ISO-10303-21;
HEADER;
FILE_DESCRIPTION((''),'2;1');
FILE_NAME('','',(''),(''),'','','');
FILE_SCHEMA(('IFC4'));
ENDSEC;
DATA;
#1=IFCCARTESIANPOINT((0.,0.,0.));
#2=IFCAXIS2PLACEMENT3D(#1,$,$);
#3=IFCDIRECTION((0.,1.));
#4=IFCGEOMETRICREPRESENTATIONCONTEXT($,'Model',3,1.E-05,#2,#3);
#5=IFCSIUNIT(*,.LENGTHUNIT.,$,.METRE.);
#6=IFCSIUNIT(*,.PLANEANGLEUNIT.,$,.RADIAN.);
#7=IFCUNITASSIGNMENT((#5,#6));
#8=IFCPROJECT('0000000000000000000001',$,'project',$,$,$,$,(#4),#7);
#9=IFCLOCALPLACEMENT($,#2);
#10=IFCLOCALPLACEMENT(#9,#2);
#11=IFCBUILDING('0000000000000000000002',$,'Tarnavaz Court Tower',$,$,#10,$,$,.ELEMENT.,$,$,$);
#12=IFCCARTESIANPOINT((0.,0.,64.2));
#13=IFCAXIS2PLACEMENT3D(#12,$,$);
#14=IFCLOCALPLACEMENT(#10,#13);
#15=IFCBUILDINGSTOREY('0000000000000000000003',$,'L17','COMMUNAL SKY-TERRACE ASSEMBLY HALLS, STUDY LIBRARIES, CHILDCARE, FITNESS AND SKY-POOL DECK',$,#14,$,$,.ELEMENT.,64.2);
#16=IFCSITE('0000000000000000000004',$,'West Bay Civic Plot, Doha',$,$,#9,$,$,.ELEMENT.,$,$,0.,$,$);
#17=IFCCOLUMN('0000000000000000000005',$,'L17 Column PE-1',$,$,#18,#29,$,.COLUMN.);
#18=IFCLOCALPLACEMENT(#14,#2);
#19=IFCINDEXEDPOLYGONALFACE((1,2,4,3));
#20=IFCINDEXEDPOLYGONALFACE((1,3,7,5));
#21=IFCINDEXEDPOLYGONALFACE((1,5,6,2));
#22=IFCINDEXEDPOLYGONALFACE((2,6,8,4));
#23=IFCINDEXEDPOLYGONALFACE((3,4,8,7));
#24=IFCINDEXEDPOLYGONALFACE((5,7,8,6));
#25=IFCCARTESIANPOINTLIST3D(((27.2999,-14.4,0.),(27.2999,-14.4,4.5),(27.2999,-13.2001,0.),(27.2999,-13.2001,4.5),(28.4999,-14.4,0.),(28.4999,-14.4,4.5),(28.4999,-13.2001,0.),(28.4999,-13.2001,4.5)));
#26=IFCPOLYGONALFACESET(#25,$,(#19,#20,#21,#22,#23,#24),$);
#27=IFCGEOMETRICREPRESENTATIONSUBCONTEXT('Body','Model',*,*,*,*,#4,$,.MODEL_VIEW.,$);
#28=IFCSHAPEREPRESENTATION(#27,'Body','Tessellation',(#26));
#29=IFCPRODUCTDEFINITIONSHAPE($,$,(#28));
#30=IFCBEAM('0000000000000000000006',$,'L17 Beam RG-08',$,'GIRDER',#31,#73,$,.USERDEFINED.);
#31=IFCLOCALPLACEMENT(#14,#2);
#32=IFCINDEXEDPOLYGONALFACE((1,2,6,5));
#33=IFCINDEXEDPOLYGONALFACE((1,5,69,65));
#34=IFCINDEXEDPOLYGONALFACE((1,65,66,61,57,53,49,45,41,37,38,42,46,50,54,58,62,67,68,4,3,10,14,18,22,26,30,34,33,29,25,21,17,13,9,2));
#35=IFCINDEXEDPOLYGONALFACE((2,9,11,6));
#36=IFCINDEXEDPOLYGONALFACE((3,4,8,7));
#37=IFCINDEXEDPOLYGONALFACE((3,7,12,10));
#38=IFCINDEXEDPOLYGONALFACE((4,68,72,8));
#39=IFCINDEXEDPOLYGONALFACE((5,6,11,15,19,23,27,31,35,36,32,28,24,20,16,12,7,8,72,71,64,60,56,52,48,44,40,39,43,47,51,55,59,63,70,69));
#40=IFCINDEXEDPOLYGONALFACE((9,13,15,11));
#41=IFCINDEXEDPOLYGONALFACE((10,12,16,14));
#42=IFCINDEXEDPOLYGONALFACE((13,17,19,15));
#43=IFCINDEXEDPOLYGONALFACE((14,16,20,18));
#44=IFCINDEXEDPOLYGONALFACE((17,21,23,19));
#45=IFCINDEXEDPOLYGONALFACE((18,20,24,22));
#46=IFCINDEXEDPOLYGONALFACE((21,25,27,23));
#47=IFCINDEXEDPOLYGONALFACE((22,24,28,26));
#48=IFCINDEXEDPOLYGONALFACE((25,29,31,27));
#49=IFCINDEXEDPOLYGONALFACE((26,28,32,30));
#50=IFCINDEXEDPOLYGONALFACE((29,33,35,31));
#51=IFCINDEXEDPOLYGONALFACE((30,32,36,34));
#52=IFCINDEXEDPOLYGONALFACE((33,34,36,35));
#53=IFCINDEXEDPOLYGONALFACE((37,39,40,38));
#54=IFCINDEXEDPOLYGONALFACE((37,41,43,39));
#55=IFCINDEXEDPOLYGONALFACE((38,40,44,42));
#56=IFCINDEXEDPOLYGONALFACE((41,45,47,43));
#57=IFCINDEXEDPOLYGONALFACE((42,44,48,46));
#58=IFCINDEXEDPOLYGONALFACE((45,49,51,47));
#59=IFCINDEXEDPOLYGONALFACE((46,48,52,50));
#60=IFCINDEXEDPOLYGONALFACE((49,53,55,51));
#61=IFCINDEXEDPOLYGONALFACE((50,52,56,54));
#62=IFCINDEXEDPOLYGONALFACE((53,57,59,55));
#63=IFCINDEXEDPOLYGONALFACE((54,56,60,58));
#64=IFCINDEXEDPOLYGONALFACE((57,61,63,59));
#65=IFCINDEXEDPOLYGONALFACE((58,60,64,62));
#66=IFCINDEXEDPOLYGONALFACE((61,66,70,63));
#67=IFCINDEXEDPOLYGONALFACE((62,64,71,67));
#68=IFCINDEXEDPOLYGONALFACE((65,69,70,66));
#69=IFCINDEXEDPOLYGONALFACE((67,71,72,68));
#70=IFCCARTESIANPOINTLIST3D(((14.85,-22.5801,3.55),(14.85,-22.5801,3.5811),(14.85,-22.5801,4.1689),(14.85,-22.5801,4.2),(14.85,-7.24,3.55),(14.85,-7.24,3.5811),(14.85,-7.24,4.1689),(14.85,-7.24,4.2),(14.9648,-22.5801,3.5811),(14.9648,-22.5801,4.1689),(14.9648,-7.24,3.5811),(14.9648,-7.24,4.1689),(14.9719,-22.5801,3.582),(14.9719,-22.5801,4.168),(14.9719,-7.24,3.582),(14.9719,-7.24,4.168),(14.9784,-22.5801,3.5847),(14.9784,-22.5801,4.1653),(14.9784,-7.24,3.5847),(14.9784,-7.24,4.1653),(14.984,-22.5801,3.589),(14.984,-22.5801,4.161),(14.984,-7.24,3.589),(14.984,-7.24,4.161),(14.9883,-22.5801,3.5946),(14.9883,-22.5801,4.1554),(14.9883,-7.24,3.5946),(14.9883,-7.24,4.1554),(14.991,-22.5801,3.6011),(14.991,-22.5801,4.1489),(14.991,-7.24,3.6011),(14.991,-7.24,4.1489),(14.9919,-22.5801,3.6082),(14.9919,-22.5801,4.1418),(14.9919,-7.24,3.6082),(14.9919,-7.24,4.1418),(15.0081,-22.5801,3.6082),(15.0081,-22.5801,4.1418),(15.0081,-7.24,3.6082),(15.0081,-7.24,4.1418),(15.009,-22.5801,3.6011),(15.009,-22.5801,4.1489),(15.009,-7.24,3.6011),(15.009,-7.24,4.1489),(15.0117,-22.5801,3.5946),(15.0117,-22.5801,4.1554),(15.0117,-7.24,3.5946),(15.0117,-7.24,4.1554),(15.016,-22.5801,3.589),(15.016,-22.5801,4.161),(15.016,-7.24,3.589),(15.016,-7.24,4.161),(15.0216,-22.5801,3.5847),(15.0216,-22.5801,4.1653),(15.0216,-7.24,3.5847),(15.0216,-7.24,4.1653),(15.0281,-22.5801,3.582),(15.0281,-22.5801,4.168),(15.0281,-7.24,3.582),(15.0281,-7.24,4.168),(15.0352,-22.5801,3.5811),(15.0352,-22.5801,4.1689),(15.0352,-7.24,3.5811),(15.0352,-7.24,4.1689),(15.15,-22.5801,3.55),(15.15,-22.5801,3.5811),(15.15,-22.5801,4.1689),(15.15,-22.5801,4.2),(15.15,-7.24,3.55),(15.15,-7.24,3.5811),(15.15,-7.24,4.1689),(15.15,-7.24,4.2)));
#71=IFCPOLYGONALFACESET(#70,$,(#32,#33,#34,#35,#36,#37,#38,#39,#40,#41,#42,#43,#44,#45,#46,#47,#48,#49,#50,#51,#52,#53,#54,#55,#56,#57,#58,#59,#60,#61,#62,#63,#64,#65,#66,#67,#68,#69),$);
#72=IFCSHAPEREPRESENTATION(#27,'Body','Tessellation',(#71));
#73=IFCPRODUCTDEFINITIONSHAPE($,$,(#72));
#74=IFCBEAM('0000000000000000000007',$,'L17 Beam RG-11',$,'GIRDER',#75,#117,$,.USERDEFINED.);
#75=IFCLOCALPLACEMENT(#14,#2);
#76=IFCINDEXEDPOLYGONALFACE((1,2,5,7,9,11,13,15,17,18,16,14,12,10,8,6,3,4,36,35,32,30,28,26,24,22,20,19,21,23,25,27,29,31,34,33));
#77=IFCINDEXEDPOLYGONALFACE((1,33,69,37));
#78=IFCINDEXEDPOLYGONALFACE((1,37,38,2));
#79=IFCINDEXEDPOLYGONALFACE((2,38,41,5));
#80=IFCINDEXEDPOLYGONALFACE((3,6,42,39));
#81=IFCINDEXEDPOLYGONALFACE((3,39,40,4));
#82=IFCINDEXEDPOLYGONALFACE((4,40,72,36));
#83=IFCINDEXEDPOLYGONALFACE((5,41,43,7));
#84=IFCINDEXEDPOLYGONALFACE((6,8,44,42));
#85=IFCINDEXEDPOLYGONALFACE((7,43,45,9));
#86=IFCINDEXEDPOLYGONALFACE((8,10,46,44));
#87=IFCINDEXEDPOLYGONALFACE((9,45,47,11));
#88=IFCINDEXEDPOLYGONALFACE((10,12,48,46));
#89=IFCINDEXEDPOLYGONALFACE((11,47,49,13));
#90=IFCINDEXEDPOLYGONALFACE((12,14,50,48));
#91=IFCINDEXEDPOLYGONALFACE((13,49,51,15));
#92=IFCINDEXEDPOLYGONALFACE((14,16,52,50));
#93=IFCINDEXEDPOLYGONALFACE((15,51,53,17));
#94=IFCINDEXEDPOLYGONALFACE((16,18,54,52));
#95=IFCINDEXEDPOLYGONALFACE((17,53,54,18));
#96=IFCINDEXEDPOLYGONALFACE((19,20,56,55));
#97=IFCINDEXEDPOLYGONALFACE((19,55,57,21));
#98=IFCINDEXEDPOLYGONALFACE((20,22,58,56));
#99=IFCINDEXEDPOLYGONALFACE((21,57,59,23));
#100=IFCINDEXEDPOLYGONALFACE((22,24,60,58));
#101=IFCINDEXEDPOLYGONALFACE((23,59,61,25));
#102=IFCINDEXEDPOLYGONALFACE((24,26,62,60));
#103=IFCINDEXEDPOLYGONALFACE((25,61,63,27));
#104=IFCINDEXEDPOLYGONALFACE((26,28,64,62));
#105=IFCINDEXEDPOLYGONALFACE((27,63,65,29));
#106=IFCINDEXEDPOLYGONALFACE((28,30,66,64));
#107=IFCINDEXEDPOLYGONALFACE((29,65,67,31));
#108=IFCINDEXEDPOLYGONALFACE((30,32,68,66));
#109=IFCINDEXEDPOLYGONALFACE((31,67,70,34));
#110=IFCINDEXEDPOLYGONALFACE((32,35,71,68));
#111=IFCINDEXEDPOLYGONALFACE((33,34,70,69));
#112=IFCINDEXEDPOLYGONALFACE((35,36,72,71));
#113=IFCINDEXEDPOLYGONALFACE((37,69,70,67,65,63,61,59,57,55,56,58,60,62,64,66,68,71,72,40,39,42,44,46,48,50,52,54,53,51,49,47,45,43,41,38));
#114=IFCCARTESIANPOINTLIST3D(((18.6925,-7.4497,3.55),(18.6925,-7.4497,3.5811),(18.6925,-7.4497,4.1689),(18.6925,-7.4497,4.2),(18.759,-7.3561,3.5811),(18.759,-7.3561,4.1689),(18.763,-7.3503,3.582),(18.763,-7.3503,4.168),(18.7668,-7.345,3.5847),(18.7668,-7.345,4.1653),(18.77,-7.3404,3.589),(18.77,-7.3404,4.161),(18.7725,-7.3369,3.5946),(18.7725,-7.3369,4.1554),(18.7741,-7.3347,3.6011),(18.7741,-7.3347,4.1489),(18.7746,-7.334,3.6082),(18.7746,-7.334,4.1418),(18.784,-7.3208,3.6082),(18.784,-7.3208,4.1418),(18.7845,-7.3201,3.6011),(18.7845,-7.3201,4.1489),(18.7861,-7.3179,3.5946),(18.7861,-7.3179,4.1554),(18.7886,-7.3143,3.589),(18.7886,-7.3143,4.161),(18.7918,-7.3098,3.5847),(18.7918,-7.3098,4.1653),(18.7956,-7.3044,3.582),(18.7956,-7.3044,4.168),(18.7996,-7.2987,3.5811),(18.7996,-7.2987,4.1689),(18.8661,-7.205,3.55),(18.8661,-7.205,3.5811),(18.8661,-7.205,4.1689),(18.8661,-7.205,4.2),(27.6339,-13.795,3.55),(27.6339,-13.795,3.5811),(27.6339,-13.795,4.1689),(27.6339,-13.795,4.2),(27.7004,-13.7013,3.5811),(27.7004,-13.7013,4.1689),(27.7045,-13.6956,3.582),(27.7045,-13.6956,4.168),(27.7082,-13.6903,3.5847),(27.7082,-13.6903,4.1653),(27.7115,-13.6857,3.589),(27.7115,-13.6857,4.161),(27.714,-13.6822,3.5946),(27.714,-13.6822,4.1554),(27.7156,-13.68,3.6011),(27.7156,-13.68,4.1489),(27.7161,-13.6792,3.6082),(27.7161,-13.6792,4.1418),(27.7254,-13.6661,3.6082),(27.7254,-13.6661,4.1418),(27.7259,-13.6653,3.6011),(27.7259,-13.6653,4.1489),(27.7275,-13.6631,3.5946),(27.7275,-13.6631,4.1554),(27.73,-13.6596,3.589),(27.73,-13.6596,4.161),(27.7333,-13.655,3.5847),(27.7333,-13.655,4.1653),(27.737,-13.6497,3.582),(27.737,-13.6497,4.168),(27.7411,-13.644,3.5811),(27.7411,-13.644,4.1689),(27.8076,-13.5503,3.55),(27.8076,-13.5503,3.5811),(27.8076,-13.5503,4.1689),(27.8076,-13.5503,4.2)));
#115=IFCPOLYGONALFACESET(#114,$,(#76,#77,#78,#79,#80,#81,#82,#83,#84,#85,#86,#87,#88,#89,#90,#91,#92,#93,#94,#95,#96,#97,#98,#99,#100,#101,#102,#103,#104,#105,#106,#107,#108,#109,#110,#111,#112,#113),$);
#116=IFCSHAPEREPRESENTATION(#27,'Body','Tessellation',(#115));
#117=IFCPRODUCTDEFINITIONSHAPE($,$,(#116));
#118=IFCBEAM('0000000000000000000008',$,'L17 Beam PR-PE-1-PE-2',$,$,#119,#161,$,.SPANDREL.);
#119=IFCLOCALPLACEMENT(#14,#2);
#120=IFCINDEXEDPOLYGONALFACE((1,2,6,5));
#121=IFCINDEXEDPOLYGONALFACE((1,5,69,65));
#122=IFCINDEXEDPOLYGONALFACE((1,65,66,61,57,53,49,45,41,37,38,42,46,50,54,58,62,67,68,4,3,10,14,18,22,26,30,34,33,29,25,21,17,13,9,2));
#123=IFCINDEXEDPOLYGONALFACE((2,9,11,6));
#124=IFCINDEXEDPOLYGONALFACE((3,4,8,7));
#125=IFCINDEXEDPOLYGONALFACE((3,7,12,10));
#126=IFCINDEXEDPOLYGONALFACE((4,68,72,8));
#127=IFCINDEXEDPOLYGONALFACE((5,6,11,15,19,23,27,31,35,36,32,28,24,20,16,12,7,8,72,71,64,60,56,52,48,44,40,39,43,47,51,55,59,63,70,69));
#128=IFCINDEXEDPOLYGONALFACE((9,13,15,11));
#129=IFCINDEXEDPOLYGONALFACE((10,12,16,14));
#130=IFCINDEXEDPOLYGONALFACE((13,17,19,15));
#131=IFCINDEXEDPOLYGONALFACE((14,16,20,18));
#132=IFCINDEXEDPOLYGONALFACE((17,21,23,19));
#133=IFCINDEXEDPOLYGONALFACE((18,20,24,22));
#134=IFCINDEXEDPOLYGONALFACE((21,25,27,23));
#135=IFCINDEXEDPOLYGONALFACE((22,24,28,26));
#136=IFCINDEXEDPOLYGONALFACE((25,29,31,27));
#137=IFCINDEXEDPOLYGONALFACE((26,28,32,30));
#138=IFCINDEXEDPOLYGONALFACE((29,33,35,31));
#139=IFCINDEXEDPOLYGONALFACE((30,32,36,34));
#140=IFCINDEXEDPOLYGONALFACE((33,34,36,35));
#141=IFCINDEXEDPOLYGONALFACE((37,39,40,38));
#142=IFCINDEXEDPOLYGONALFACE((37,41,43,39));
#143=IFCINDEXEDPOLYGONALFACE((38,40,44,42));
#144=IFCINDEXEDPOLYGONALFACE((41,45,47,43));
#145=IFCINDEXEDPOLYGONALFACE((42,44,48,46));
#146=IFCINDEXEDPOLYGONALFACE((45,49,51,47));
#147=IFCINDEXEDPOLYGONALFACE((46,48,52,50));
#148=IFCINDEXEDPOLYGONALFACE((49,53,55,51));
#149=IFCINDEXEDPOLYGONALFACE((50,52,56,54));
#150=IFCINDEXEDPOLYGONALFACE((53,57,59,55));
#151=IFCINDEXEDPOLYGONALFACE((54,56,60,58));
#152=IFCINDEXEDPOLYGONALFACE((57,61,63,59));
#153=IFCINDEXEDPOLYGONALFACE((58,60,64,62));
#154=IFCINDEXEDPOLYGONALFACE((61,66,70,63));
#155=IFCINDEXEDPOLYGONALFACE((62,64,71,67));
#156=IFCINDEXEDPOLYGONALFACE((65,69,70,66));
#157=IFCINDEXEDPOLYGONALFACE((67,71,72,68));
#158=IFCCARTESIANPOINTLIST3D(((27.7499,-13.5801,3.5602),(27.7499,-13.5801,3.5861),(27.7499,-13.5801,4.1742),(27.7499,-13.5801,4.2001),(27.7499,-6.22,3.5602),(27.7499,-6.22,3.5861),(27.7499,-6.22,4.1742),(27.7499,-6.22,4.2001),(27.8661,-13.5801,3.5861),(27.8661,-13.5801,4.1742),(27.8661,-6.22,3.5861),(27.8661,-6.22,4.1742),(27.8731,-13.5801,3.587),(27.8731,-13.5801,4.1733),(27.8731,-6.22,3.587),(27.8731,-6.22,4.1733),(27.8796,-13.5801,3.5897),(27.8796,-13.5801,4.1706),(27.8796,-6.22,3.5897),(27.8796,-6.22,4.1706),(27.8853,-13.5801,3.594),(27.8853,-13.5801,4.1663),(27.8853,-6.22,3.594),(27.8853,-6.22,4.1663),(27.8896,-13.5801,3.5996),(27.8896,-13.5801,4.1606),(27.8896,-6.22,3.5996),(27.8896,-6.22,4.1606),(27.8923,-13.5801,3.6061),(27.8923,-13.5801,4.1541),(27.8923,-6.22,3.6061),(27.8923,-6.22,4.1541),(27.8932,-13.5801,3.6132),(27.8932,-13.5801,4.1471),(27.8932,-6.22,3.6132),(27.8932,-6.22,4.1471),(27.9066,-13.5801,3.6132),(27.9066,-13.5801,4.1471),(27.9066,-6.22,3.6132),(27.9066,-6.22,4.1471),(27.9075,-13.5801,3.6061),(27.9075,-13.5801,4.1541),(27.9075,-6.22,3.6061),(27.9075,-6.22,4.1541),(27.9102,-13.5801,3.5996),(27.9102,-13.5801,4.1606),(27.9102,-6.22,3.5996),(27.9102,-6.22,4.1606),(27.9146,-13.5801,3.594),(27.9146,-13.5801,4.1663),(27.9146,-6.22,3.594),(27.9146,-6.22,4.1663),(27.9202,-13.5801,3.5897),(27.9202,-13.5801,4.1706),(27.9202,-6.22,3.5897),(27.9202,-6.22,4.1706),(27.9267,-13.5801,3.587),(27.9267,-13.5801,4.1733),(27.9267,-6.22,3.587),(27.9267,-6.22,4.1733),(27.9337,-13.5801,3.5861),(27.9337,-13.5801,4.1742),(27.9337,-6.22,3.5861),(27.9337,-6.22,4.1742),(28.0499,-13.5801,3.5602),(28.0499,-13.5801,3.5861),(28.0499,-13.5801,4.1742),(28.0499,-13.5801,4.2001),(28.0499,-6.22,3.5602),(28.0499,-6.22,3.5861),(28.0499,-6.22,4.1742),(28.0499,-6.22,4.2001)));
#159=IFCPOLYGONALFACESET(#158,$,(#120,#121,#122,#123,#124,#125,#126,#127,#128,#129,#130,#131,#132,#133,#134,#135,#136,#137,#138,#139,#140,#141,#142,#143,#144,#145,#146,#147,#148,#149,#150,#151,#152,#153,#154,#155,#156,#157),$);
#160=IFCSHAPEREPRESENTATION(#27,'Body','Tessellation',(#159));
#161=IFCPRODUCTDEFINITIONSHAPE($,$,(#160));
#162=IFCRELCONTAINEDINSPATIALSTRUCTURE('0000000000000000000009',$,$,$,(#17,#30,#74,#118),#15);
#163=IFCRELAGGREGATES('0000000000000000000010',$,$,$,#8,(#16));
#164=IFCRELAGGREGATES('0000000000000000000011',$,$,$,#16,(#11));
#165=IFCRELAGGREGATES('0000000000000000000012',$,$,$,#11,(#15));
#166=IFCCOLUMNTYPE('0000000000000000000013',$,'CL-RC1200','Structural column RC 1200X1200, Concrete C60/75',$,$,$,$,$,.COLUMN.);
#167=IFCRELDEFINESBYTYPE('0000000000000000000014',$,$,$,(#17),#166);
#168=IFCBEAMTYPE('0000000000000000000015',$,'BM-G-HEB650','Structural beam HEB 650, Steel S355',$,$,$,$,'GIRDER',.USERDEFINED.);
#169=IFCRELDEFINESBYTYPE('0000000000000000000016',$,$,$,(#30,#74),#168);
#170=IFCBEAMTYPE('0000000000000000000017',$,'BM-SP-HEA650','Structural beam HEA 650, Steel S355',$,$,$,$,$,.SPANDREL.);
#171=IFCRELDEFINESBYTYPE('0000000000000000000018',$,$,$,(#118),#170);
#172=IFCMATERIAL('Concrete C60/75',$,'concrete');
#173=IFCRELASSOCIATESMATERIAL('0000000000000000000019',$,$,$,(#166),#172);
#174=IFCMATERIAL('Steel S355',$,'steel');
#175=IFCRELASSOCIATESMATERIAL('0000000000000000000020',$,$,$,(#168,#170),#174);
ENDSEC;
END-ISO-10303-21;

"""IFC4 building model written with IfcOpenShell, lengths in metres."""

from ifc_helpers import new_model, si_unit, direction, frame, origin, origin_2d, place, context, subcontext, project, spatial, rectangle, i_section, extrude, material, material_profile, profile_set, type_object, element, save


model = new_model("IFC4")

# Units and contexts
model_context = context("Model", 3, precision=1e-05, world=origin(), true_north=direction((0.0, 1.0)))
body_context = subcontext(model_context, "Body", "Model", "MODEL_VIEW")
ifc_project = project(units=[si_unit("LENGTHUNIT", "METRE"), si_unit("PLANEANGLEUNIT", "RADIAN")], contexts=[model_context])

# Site, building, storey
site_placement = place(None, origin())
site = spatial("IfcSite", under=ifc_project, at=site_placement, Name="West Bay Civic Plot, Doha", CompositionType="ELEMENT", RefElevation=0.0)
building_placement = place(site_placement, origin())
building = spatial("IfcBuilding", under=site, at=building_placement, Name="Tarnavaz Court Tower", CompositionType="ELEMENT")
storey_placement = place(building_placement, frame((0.0, 0.0, 64.2)))
storey = spatial("IfcBuildingStorey", under=building, at=storey_placement, Name="L17", Description="COMMUNAL SKY-TERRACE ASSEMBLY HALLS, STUDY LIBRARIES, CHILDCARE, FITNESS AND SKY-POOL DECK", CompositionType="ELEMENT", Elevation=64.2)

# Column
ifc_material_1 = material(Name="Concrete C60/75", Category="concrete")
ifc_material_profile_1 = material_profile(ifc_material_1, rectangle(XDim=1.2, YDim=1.2, at=origin_2d()), Name="RC 1200X1200")
ifc_profile_set_1 = profile_set([ifc_material_profile_1], Name="Concrete C60/75")
column_type = type_object("IfcColumnType", Name="CL-RC1200", Description="Structural column RC 1200X1200, Concrete C60/75", PredefinedType="COLUMN", material=ifc_profile_set_1)
column_placement = place(storey_placement, frame((27.8999, -13.8, 0.0), z_axis=(0.0, 0.0, 1.0), x_axis=(1.0, 0.0, 0.0)))
element("IfcColumn", 1, at=column_placement, inside=storey, type_object=column_type, Name="L17 Column PE-1", PredefinedType="COLUMN", context=body_context, shape_type="SweptSolid", body=[
    extrude(rectangle(XDim=1.2, YDim=1.2, at=origin_2d()), origin(), (0.0, 0.0, 1.0), 4.5),
])

# Beams
ifc_material_2 = material(Name="Steel S355", Category="steel")
ifc_material_profile_2 = material_profile(ifc_material_2, i_section(OverallWidth=0.3, OverallDepth=0.6499, WebThickness=0.0161, FlangeThickness=0.031, FilletRadius=0.0271, at=origin_2d()), Name="HEB 650")
ifc_profile_set_2 = profile_set([ifc_material_profile_2], Name="Steel S355")
beam_type_1 = type_object("IfcBeamType", Name="BM-G-HEB650", Description="Structural beam HEB 650, Steel S355", ElementType="GIRDER", PredefinedType="USERDEFINED", material=ifc_profile_set_2)
beam_1_placement = place(storey_placement, frame((15.0, -7.24, 3.875), z_axis=(0.0, -1.0, 0.0), x_axis=(1.0, 0.0, 0.0)))
element("IfcBeam", 2, at=beam_1_placement, inside=storey, type_object=beam_type_1, Name="L17 Beam RG-08", ObjectType="GIRDER", PredefinedType="USERDEFINED", context=body_context, shape_type="SweptSolid", body=[
    extrude(i_section(OverallWidth=0.3, OverallDepth=0.6499, WebThickness=0.0161, FlangeThickness=0.031, FilletRadius=0.0271, at=origin_2d()), origin(), (0.0, 0.0, 1.0), 15.3401),
])
beam_2_placement = place(storey_placement, frame((18.7793, -7.3274, 3.875), z_axis=(0.81552, -0.578729, 0.0), x_axis=(0.578729, 0.81552, 0.0)))
element("IfcBeam", 3, at=beam_2_placement, inside=storey, type_object=beam_type_1, Name="L17 Beam RG-11", ObjectType="GIRDER", PredefinedType="USERDEFINED", context=body_context, shape_type="SweptSolid", body=[
    extrude(i_section(OverallWidth=0.3, OverallDepth=0.6499, WebThickness=0.0161, FlangeThickness=0.031, FilletRadius=0.0271, at=origin_2d()), origin(), (0.0, 0.0, 1.0), 10.9641),
])
ifc_material_profile_3 = material_profile(ifc_material_2, i_section(OverallWidth=0.3, OverallDepth=0.6399, WebThickness=0.0134, FlangeThickness=0.0259, FilletRadius=0.0271, at=origin_2d()), Name="HEA 650")
ifc_profile_set_3 = profile_set([ifc_material_profile_3], Name="Steel S355")
beam_type_2 = type_object("IfcBeamType", Name="BM-SP-HEA650", Description="Structural beam HEA 650, Steel S355", PredefinedType="SPANDREL", material=ifc_profile_set_3)
beam_3_placement = place(storey_placement, frame((27.8999, -13.5801, 3.8801), z_axis=(0.0, 1.0, 0.0), x_axis=(-1.0, 0.0, 0.0)))
element("IfcBeam", 4, at=beam_3_placement, inside=storey, type_object=beam_type_2, Name="L17 Beam PR-PE-1-PE-2", PredefinedType="SPANDREL", context=body_context, shape_type="SweptSolid", body=[
    extrude(i_section(OverallWidth=0.3, OverallDepth=0.6399, WebThickness=0.0134, FlangeThickness=0.0259, FilletRadius=0.0271, at=origin_2d()), origin(), (0.0, 0.0, 1.0), 7.3601),
])

save(model, "model.ifc")
